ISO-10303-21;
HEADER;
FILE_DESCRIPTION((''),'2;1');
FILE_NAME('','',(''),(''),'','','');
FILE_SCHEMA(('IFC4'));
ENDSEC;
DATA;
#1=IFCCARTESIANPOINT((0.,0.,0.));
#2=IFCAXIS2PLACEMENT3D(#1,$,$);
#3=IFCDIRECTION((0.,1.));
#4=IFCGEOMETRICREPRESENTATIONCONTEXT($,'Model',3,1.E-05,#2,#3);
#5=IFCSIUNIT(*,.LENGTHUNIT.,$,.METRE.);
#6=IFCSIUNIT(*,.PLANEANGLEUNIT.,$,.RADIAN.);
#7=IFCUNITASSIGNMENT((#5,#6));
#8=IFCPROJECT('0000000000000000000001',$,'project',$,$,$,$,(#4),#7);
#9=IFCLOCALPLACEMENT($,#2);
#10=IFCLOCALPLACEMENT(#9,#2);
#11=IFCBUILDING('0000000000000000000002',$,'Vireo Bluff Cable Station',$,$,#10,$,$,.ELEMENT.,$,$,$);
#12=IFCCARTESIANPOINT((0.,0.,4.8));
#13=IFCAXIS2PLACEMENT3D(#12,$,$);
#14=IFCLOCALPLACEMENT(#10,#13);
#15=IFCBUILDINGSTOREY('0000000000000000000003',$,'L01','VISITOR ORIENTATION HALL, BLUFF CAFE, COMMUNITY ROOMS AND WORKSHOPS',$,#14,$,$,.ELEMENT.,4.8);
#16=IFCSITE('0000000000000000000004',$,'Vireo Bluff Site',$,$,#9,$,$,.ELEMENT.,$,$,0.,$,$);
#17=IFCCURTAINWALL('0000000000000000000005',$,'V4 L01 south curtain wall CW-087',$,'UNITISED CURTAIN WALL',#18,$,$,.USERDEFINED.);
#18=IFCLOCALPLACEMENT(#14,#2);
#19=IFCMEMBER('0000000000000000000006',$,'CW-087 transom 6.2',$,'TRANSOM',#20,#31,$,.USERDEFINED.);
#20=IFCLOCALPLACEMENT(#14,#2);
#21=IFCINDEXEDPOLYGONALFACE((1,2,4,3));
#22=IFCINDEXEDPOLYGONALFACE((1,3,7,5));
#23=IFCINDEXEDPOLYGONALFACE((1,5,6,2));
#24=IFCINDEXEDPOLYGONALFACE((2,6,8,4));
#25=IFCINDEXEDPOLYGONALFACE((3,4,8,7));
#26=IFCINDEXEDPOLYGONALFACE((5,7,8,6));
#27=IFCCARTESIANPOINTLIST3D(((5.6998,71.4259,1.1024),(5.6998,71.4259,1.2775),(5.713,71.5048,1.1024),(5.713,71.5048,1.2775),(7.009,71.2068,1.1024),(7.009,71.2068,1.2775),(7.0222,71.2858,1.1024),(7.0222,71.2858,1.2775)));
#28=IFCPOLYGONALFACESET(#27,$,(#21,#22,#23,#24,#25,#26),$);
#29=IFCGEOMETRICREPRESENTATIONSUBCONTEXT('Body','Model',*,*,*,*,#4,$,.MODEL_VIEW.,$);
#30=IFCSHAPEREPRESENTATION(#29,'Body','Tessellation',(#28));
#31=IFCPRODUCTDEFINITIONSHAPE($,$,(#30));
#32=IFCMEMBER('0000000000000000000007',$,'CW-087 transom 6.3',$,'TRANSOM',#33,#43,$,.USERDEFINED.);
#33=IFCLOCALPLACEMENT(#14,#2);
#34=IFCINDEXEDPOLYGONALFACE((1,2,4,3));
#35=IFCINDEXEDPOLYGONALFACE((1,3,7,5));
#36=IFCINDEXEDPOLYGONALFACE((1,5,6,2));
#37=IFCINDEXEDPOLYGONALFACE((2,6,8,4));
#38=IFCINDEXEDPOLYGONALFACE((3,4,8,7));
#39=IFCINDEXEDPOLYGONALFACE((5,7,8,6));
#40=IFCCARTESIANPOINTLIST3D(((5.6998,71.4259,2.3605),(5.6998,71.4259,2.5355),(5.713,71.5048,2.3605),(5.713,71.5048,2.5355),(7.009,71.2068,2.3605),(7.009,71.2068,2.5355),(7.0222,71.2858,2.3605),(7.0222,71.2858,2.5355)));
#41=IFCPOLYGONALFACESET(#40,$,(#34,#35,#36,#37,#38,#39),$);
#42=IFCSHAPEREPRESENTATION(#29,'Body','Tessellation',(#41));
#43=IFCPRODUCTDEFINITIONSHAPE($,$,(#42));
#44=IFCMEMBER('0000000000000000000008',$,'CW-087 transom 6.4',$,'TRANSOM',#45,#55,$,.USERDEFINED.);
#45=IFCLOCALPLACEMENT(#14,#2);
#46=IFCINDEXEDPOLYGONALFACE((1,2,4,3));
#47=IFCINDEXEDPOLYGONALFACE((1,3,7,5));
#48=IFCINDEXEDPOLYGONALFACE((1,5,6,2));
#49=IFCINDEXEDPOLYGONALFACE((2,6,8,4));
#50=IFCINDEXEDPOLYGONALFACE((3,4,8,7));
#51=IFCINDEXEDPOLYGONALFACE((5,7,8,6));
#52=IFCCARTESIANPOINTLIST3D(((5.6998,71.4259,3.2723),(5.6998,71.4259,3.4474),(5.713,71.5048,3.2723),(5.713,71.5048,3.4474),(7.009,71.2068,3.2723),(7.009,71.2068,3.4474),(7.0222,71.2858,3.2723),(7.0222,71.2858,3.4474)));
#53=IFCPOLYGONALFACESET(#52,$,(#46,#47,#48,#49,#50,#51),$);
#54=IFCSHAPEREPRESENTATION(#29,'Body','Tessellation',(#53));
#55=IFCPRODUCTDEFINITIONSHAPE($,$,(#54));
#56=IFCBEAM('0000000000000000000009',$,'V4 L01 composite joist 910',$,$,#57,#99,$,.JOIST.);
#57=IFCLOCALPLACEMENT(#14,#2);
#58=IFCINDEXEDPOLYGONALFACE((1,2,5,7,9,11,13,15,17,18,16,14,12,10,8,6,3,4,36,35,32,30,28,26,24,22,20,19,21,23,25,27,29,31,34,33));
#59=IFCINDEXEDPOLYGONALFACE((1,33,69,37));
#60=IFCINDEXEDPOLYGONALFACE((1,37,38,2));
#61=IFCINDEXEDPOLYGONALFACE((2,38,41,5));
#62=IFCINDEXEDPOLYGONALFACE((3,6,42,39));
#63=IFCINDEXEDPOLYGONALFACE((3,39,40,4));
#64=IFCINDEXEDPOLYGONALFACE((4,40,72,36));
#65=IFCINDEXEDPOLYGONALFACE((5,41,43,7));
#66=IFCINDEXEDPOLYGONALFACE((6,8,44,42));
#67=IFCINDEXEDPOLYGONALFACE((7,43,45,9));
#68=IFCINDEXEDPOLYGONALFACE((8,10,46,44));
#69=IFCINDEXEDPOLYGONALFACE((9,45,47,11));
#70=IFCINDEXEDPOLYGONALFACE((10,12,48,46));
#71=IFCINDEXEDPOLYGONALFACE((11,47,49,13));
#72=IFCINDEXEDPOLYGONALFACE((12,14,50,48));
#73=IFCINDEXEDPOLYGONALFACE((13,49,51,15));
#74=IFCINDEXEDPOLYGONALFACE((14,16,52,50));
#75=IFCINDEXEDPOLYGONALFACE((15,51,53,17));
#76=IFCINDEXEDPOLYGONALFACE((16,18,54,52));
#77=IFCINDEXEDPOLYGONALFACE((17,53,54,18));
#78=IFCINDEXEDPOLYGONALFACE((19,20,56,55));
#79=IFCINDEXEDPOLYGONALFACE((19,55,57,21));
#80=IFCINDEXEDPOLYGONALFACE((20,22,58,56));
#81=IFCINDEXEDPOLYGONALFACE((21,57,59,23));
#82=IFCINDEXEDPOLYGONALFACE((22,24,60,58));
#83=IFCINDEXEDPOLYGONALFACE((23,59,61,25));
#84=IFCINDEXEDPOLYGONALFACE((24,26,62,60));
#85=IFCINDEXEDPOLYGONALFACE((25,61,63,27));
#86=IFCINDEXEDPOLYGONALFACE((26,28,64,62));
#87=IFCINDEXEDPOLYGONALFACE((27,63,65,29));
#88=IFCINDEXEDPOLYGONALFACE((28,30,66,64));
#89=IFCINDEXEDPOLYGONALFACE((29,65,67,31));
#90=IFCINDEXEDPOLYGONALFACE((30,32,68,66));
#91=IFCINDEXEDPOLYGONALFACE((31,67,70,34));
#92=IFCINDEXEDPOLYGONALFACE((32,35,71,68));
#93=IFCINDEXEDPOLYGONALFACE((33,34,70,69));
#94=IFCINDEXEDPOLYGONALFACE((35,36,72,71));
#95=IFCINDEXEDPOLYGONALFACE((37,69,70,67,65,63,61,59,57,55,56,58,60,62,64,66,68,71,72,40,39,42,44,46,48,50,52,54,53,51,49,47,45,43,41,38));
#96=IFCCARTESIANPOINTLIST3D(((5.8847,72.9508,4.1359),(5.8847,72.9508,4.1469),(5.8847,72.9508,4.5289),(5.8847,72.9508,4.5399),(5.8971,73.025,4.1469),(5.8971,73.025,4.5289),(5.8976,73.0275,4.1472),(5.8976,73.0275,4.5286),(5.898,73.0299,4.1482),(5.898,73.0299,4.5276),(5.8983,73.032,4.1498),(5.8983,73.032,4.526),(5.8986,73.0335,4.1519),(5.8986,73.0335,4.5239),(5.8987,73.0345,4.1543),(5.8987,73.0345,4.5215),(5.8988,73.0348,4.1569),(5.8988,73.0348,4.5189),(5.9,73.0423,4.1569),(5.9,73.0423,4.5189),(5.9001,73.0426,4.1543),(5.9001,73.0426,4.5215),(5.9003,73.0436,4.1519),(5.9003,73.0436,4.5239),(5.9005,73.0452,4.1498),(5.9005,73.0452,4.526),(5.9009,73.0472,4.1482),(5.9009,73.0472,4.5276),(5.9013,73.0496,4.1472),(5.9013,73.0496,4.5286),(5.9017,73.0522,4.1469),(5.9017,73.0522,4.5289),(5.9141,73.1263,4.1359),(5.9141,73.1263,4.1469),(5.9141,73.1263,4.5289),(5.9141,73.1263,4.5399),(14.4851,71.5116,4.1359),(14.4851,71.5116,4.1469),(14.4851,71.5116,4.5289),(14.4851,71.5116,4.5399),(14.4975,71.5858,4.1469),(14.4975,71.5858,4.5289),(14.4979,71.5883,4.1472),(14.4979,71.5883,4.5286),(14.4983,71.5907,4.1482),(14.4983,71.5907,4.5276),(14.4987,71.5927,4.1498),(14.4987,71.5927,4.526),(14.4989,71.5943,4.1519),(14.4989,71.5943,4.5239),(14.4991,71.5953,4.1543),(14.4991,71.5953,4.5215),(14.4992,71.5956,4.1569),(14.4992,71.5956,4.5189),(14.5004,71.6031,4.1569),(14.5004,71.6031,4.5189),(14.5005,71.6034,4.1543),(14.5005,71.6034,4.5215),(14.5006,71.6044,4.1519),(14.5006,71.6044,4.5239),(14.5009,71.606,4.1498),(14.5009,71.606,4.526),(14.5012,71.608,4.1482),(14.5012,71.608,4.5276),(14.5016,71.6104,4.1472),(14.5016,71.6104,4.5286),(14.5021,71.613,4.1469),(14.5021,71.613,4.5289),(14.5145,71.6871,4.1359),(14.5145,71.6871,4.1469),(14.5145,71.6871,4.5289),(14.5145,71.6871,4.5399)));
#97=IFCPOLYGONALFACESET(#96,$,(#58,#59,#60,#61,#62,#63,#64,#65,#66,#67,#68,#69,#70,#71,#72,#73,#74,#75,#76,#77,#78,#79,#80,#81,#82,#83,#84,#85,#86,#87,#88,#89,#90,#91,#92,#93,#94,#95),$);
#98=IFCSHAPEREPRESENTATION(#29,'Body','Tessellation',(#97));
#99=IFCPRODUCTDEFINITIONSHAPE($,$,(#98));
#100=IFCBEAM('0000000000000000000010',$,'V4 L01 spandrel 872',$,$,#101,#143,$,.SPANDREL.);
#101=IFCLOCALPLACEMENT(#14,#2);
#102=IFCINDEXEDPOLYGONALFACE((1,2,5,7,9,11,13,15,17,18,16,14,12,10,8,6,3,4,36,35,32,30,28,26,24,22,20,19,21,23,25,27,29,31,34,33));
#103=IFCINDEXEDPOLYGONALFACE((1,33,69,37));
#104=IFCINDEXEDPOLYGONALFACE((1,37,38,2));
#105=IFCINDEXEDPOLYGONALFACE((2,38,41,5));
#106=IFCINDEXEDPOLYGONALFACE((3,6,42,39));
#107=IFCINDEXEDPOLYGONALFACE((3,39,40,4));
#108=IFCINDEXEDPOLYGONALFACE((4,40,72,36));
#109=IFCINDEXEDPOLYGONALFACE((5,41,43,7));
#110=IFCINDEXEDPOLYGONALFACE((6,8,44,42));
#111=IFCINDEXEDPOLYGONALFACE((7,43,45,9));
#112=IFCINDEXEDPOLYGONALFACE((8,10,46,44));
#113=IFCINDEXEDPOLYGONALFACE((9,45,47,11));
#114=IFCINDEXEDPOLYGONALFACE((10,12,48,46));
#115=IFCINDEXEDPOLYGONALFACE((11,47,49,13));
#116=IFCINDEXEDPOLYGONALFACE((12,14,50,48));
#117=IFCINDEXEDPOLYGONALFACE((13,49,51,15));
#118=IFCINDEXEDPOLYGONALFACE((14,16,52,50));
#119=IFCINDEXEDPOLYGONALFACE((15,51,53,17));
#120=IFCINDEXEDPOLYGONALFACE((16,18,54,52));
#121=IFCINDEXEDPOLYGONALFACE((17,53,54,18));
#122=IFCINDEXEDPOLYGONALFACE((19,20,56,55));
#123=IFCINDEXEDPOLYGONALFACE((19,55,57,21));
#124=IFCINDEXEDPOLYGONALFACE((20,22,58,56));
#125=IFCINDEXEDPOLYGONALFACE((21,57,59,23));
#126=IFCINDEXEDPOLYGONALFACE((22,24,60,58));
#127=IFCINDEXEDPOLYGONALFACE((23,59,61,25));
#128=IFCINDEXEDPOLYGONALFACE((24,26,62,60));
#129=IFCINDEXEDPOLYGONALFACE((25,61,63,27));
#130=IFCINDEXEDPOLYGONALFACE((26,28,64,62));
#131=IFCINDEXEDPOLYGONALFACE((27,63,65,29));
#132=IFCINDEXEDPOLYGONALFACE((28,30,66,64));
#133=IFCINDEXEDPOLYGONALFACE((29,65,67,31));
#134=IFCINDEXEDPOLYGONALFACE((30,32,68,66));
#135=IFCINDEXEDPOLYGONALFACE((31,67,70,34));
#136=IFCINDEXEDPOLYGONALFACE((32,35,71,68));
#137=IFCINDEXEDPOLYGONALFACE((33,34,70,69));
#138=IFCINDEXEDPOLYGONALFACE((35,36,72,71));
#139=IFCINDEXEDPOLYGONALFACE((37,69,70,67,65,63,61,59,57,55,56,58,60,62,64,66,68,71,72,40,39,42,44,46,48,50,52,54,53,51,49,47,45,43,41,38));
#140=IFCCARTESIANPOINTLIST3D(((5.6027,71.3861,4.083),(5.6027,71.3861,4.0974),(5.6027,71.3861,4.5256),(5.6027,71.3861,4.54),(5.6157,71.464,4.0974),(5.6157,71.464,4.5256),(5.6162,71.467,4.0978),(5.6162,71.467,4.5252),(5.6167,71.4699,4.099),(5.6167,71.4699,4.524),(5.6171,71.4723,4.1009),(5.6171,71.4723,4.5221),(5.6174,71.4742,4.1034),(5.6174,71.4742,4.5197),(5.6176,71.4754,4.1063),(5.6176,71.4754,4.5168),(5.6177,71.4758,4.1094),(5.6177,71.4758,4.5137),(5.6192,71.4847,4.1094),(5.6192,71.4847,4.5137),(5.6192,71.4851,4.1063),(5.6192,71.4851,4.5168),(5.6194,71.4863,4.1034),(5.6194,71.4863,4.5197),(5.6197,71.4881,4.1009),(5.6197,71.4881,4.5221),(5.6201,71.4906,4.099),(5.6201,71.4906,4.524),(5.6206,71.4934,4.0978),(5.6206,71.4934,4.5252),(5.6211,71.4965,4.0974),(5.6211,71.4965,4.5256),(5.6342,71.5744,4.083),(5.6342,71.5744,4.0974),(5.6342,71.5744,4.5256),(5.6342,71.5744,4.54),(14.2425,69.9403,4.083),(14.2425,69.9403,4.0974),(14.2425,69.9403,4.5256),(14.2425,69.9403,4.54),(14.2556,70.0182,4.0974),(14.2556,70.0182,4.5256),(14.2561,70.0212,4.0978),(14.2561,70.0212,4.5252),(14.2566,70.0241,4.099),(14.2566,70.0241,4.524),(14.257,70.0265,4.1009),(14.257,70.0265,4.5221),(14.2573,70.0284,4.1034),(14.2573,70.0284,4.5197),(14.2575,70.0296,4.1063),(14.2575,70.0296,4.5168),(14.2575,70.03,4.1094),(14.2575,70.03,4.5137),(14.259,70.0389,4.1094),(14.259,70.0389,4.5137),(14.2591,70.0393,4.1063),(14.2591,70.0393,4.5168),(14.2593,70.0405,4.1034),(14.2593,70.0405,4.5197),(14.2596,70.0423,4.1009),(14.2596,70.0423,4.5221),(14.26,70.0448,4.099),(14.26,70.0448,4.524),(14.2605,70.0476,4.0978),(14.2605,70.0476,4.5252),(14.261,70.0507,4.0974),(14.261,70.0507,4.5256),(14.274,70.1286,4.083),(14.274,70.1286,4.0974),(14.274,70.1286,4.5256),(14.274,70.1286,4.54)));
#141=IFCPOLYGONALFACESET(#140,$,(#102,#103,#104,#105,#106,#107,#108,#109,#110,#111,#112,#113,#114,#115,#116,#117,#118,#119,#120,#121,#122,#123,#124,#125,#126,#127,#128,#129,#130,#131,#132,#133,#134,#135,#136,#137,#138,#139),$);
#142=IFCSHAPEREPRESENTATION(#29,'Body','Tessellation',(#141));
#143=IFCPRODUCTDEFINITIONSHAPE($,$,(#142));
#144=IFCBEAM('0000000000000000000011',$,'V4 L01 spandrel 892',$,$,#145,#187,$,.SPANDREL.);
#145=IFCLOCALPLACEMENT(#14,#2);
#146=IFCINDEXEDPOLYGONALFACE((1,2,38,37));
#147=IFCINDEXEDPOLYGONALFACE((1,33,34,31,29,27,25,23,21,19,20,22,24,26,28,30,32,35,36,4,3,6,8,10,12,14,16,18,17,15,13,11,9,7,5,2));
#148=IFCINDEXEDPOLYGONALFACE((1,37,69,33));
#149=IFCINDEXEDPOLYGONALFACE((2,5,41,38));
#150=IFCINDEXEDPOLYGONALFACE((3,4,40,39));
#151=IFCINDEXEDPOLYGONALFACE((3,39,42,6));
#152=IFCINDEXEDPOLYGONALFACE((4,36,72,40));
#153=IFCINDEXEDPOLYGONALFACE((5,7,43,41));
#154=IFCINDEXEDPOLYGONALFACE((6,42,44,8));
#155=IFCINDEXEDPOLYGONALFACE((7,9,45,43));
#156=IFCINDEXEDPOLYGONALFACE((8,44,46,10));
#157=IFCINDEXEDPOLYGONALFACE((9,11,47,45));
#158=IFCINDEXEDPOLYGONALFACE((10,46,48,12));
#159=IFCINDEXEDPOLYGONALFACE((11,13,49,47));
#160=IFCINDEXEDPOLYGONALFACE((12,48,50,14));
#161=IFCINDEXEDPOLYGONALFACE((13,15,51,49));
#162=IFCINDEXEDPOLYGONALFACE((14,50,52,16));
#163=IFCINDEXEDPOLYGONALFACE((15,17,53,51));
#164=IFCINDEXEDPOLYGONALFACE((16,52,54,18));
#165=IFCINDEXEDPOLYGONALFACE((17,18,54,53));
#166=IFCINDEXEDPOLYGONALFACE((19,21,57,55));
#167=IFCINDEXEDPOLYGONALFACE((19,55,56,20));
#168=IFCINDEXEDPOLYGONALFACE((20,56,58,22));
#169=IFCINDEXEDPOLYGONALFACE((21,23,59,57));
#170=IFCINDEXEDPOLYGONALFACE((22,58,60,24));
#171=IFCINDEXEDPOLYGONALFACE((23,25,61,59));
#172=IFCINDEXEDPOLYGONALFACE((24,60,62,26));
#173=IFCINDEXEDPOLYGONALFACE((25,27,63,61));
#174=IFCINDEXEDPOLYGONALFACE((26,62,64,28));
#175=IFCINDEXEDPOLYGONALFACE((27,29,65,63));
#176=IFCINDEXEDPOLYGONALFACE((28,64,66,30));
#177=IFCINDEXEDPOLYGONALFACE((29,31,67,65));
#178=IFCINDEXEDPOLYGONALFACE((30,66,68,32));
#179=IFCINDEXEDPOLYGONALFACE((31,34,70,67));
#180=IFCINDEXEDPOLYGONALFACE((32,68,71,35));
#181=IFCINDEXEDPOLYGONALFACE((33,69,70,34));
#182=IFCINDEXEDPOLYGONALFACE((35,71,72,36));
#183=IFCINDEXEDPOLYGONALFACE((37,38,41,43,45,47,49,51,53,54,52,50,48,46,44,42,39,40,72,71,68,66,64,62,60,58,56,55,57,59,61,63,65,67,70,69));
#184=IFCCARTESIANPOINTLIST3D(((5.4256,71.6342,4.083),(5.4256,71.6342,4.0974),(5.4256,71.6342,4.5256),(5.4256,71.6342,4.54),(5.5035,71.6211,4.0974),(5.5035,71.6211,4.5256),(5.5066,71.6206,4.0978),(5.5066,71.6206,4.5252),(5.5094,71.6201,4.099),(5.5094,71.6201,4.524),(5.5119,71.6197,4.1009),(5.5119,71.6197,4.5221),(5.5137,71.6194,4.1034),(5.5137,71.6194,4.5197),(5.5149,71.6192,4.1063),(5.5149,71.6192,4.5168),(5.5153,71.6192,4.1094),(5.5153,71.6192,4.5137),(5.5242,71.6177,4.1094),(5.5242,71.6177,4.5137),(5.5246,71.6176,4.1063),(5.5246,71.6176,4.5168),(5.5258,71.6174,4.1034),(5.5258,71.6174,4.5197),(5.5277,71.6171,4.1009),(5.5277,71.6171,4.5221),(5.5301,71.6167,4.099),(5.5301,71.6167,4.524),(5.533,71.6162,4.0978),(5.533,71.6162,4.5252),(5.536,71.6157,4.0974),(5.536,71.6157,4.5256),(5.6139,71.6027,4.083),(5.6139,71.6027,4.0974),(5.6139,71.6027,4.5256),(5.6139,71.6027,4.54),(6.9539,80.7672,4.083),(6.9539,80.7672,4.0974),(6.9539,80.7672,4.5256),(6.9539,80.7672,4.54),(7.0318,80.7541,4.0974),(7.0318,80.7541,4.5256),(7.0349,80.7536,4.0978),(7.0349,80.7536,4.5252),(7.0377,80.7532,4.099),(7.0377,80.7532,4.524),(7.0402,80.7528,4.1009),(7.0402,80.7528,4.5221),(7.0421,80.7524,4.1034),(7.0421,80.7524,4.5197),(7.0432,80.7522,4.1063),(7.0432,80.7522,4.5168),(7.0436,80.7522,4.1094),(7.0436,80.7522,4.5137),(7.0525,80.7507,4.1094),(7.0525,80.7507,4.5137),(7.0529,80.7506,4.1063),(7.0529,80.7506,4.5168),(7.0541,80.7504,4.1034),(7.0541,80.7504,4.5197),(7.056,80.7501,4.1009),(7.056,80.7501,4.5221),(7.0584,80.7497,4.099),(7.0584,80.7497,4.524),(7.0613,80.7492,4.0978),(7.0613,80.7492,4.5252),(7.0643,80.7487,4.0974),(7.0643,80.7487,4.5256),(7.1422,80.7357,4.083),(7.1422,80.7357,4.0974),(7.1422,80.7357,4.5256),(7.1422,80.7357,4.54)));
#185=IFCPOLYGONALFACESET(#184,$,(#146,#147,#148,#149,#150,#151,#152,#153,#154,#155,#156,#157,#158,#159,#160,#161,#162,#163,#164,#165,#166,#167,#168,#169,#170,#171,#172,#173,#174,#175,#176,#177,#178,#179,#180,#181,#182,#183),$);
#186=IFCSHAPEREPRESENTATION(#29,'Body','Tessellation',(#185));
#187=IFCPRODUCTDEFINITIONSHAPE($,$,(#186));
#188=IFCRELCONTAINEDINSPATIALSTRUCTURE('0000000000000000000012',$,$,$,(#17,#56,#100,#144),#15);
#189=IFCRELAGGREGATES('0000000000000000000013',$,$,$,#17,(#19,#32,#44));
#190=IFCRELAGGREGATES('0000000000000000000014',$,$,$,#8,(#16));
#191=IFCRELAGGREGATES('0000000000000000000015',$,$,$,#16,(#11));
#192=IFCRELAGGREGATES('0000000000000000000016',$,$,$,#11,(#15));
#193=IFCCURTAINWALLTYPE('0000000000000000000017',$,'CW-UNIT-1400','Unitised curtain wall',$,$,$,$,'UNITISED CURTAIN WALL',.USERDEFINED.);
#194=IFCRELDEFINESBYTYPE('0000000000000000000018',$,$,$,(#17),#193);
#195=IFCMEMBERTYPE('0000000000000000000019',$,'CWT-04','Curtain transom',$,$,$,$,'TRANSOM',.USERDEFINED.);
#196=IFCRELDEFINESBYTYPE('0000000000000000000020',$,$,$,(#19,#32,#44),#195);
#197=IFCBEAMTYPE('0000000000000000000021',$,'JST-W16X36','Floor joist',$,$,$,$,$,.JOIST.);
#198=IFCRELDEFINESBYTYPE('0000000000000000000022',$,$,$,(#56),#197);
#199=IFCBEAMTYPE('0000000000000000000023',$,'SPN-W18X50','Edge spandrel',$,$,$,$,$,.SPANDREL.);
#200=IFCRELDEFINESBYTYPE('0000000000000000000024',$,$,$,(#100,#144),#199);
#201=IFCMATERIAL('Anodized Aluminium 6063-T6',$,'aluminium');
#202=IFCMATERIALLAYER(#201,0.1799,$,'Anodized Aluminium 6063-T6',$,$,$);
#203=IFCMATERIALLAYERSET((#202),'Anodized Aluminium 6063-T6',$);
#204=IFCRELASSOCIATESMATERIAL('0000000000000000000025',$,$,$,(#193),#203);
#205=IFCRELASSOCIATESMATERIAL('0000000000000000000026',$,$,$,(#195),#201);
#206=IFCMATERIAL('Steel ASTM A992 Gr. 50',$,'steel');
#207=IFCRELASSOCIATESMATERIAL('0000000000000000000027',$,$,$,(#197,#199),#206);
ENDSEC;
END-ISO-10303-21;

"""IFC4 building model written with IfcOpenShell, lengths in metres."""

from ifc_helpers import new_model, si_unit, direction, frame, origin, origin_2d, place, context, subcontext, project, spatial, rectangle, i_section, extrude, material, layer, layer_set, material_profile, profile_set, type_object, element, aggregate, save


model = new_model("IFC4")

# Units and contexts
model_context = context("Model", 3, precision=1e-05, world=origin(), true_north=direction((0.0, 1.0)))
body_context = subcontext(model_context, "Body", "Model", "MODEL_VIEW")
ifc_project = project(units=[si_unit("LENGTHUNIT", "METRE"), si_unit("PLANEANGLEUNIT", "RADIAN")], contexts=[model_context])

# Site, building, storey
site_placement = place(None, origin())
site = spatial("IfcSite", under=ifc_project, at=site_placement, Name="Vireo Bluff Site", CompositionType="ELEMENT", RefElevation=0.0)
building_placement = place(site_placement, origin())
building = spatial("IfcBuilding", under=site, at=building_placement, Name="Vireo Bluff Cable Station", CompositionType="ELEMENT")
storey_placement = place(building_placement, frame((0.0, 0.0, 4.8)))
storey = spatial("IfcBuildingStorey", under=building, at=storey_placement, Name="L01", Description="VISITOR ORIENTATION HALL, BLUFF CAFE, COMMUNITY ROOMS AND WORKSHOPS", CompositionType="ELEMENT", Elevation=4.8)

# Shared definitions
ifc_material_1 = material(Name="Steel ASTM A992 Gr. 50", Category="steel")

# Shared definitions
ifc_material_2 = material(Name="Anodized Aluminium 6063-T6", Category="aluminium")

# Curtain wall
ifc_layer_1 = layer(ifc_material_2, 0.1799, Name="Anodized Aluminium 6063-T6")
ifc_layer_set_1 = layer_set([ifc_layer_1], Name="Anodized Aluminium 6063-T6")
curtain_wall_type_1 = type_object("IfcCurtainWallType", Name="CW-UNIT-1400", Description="Unitised curtain wall", ElementType="UNITISED CURTAIN WALL", PredefinedType="USERDEFINED", material=ifc_layer_set_1)
curtain_wall_1_placement = place(storey_placement, origin())
curtain_wall_1 = element("IfcCurtainWall", 1, at=curtain_wall_1_placement, inside=storey, type_object=curtain_wall_type_1, Name="V4 L01 south curtain wall CW-087", ObjectType="UNITISED CURTAIN WALL", PredefinedType="USERDEFINED")

# Members
ifc_material_profile_1 = material_profile(ifc_material_2, rectangle(XDim=0.0801, YDim=0.175, at=origin_2d()), Name="ALU-T-80X175")
ifc_profile_set_1 = profile_set([ifc_material_profile_1], Name="Anodized Aluminium 6063-T6")
member_type_1 = type_object("IfcMemberType", Name="CWT-04", Description="Curtain transom", ElementType="TRANSOM", PredefinedType="USERDEFINED", material=ifc_profile_set_1)
member_1_placement = place(storey_placement, frame((7.0156, 71.2463, 1.1899), z_axis=(-0.986294, 0.164996, 0.0), x_axis=(-0.164996, -0.986294, 0.0)))
member_1 = element("IfcMember", 2, at=member_1_placement, type_object=member_type_1, Name="CW-087 transom 6.2", ObjectType="TRANSOM", PredefinedType="USERDEFINED", context=body_context, shape_type="SweptSolid", body=[
    extrude(rectangle(XDim=0.0801, YDim=0.175, at=origin_2d()), origin(), (0.0, 0.0, 1.0), 1.3274),
])
member_2_placement = place(storey_placement, frame((7.0156, 71.2463, 2.448), z_axis=(-0.986294, 0.164996, 0.0), x_axis=(-0.164996, -0.986294, 0.0)))
member_2 = element("IfcMember", 3, at=member_2_placement, type_object=member_type_1, Name="CW-087 transom 6.3", ObjectType="TRANSOM", PredefinedType="USERDEFINED", context=body_context, shape_type="SweptSolid", body=[
    extrude(rectangle(XDim=0.0801, YDim=0.175, at=origin_2d()), origin(), (0.0, 0.0, 1.0), 1.3274),
])
member_3_placement = place(storey_placement, frame((7.0156, 71.2463, 3.3599), z_axis=(-0.986294, 0.164996, 0.0), x_axis=(-0.164996, -0.986294, 0.0)))
member_3 = element("IfcMember", 4, at=member_3_placement, type_object=member_type_1, Name="CW-087 transom 6.4", ObjectType="TRANSOM", PredefinedType="USERDEFINED", context=body_context, shape_type="SweptSolid", body=[
    extrude(rectangle(XDim=0.0801, YDim=0.175, at=origin_2d()), origin(), (0.0, 0.0, 1.0), 1.3274),
])

# Beams
ifc_material_profile_2 = material_profile(ifc_material_1, i_section(OverallWidth=0.178, OverallDepth=0.4041, WebThickness=0.0076, FlangeThickness=0.011, FilletRadius=0.01, at=origin_2d()), Name="W16X36")
ifc_profile_set_2 = profile_set([ifc_material_profile_2], Name="Steel ASTM A992 Gr. 50")
beam_type_1 = type_object("IfcBeamType", Name="JST-W16X36", Description="Floor joist", PredefinedType="JOIST", material=ifc_profile_set_2)
beam_1_placement = place(storey_placement, frame((5.8994, 73.0386, 4.3379), z_axis=(0.986286, -0.165048, 0.0), x_axis=(0.165048, 0.986286, 0.0)))
element("IfcBeam", 5, at=beam_1_placement, inside=storey, type_object=beam_type_1, Name="V4 L01 composite joist 910", PredefinedType="JOIST", context=body_context, shape_type="SweptSolid", body=[
    extrude(i_section(OverallWidth=0.178, OverallDepth=0.4041, WebThickness=0.0076, FlangeThickness=0.011, FilletRadius=0.01, at=origin_2d()), origin(), (0.0, 0.0, 1.0), 8.72),
])
ifc_material_profile_3 = material_profile(ifc_material_1, i_section(OverallWidth=0.1909, OverallDepth=0.457, WebThickness=0.009, FlangeThickness=0.0144, FilletRadius=0.012, at=origin_2d()), Name="W18X50")
ifc_profile_set_3 = profile_set([ifc_material_profile_3], Name="Steel ASTM A992 Gr. 50")
beam_type_2 = type_object("IfcBeamType", Name="SPN-W18X50", Description="Edge spandrel", PredefinedType="SPANDREL", material=ifc_profile_set_3)
beam_2_placement = place(storey_placement, frame((5.6184, 71.4802, 4.3115), z_axis=(0.986286, -0.165045, 0.0), x_axis=(0.165045, 0.986286, 0.0)))
element("IfcBeam", 6, at=beam_2_placement, inside=storey, type_object=beam_type_2, Name="V4 L01 spandrel 872", PredefinedType="SPANDREL", context=body_context, shape_type="SweptSolid", body=[
    extrude(i_section(OverallWidth=0.1909, OverallDepth=0.457, WebThickness=0.009, FlangeThickness=0.0144, FilletRadius=0.012, at=origin_2d()), origin(), (0.0, 0.0, 1.0), 8.76),
])
beam_3_placement = place(storey_placement, frame((5.5198, 71.6184, 4.3115), z_axis=(0.165045, 0.986286, 0.0), x_axis=(-0.986286, 0.165045, 0.0)))
element("IfcBeam", 7, at=beam_3_placement, inside=storey, type_object=beam_type_2, Name="V4 L01 spandrel 892", PredefinedType="SPANDREL", context=body_context, shape_type="SweptSolid", body=[
    extrude(i_section(OverallWidth=0.1909, OverallDepth=0.457, WebThickness=0.009, FlangeThickness=0.0144, FilletRadius=0.012, at=origin_2d()), origin(), (0.0, 0.0, 1.0), 9.26),
])

aggregate(curtain_wall_1, [member_1, member_2, member_3])

save(model, "model.ifc")
